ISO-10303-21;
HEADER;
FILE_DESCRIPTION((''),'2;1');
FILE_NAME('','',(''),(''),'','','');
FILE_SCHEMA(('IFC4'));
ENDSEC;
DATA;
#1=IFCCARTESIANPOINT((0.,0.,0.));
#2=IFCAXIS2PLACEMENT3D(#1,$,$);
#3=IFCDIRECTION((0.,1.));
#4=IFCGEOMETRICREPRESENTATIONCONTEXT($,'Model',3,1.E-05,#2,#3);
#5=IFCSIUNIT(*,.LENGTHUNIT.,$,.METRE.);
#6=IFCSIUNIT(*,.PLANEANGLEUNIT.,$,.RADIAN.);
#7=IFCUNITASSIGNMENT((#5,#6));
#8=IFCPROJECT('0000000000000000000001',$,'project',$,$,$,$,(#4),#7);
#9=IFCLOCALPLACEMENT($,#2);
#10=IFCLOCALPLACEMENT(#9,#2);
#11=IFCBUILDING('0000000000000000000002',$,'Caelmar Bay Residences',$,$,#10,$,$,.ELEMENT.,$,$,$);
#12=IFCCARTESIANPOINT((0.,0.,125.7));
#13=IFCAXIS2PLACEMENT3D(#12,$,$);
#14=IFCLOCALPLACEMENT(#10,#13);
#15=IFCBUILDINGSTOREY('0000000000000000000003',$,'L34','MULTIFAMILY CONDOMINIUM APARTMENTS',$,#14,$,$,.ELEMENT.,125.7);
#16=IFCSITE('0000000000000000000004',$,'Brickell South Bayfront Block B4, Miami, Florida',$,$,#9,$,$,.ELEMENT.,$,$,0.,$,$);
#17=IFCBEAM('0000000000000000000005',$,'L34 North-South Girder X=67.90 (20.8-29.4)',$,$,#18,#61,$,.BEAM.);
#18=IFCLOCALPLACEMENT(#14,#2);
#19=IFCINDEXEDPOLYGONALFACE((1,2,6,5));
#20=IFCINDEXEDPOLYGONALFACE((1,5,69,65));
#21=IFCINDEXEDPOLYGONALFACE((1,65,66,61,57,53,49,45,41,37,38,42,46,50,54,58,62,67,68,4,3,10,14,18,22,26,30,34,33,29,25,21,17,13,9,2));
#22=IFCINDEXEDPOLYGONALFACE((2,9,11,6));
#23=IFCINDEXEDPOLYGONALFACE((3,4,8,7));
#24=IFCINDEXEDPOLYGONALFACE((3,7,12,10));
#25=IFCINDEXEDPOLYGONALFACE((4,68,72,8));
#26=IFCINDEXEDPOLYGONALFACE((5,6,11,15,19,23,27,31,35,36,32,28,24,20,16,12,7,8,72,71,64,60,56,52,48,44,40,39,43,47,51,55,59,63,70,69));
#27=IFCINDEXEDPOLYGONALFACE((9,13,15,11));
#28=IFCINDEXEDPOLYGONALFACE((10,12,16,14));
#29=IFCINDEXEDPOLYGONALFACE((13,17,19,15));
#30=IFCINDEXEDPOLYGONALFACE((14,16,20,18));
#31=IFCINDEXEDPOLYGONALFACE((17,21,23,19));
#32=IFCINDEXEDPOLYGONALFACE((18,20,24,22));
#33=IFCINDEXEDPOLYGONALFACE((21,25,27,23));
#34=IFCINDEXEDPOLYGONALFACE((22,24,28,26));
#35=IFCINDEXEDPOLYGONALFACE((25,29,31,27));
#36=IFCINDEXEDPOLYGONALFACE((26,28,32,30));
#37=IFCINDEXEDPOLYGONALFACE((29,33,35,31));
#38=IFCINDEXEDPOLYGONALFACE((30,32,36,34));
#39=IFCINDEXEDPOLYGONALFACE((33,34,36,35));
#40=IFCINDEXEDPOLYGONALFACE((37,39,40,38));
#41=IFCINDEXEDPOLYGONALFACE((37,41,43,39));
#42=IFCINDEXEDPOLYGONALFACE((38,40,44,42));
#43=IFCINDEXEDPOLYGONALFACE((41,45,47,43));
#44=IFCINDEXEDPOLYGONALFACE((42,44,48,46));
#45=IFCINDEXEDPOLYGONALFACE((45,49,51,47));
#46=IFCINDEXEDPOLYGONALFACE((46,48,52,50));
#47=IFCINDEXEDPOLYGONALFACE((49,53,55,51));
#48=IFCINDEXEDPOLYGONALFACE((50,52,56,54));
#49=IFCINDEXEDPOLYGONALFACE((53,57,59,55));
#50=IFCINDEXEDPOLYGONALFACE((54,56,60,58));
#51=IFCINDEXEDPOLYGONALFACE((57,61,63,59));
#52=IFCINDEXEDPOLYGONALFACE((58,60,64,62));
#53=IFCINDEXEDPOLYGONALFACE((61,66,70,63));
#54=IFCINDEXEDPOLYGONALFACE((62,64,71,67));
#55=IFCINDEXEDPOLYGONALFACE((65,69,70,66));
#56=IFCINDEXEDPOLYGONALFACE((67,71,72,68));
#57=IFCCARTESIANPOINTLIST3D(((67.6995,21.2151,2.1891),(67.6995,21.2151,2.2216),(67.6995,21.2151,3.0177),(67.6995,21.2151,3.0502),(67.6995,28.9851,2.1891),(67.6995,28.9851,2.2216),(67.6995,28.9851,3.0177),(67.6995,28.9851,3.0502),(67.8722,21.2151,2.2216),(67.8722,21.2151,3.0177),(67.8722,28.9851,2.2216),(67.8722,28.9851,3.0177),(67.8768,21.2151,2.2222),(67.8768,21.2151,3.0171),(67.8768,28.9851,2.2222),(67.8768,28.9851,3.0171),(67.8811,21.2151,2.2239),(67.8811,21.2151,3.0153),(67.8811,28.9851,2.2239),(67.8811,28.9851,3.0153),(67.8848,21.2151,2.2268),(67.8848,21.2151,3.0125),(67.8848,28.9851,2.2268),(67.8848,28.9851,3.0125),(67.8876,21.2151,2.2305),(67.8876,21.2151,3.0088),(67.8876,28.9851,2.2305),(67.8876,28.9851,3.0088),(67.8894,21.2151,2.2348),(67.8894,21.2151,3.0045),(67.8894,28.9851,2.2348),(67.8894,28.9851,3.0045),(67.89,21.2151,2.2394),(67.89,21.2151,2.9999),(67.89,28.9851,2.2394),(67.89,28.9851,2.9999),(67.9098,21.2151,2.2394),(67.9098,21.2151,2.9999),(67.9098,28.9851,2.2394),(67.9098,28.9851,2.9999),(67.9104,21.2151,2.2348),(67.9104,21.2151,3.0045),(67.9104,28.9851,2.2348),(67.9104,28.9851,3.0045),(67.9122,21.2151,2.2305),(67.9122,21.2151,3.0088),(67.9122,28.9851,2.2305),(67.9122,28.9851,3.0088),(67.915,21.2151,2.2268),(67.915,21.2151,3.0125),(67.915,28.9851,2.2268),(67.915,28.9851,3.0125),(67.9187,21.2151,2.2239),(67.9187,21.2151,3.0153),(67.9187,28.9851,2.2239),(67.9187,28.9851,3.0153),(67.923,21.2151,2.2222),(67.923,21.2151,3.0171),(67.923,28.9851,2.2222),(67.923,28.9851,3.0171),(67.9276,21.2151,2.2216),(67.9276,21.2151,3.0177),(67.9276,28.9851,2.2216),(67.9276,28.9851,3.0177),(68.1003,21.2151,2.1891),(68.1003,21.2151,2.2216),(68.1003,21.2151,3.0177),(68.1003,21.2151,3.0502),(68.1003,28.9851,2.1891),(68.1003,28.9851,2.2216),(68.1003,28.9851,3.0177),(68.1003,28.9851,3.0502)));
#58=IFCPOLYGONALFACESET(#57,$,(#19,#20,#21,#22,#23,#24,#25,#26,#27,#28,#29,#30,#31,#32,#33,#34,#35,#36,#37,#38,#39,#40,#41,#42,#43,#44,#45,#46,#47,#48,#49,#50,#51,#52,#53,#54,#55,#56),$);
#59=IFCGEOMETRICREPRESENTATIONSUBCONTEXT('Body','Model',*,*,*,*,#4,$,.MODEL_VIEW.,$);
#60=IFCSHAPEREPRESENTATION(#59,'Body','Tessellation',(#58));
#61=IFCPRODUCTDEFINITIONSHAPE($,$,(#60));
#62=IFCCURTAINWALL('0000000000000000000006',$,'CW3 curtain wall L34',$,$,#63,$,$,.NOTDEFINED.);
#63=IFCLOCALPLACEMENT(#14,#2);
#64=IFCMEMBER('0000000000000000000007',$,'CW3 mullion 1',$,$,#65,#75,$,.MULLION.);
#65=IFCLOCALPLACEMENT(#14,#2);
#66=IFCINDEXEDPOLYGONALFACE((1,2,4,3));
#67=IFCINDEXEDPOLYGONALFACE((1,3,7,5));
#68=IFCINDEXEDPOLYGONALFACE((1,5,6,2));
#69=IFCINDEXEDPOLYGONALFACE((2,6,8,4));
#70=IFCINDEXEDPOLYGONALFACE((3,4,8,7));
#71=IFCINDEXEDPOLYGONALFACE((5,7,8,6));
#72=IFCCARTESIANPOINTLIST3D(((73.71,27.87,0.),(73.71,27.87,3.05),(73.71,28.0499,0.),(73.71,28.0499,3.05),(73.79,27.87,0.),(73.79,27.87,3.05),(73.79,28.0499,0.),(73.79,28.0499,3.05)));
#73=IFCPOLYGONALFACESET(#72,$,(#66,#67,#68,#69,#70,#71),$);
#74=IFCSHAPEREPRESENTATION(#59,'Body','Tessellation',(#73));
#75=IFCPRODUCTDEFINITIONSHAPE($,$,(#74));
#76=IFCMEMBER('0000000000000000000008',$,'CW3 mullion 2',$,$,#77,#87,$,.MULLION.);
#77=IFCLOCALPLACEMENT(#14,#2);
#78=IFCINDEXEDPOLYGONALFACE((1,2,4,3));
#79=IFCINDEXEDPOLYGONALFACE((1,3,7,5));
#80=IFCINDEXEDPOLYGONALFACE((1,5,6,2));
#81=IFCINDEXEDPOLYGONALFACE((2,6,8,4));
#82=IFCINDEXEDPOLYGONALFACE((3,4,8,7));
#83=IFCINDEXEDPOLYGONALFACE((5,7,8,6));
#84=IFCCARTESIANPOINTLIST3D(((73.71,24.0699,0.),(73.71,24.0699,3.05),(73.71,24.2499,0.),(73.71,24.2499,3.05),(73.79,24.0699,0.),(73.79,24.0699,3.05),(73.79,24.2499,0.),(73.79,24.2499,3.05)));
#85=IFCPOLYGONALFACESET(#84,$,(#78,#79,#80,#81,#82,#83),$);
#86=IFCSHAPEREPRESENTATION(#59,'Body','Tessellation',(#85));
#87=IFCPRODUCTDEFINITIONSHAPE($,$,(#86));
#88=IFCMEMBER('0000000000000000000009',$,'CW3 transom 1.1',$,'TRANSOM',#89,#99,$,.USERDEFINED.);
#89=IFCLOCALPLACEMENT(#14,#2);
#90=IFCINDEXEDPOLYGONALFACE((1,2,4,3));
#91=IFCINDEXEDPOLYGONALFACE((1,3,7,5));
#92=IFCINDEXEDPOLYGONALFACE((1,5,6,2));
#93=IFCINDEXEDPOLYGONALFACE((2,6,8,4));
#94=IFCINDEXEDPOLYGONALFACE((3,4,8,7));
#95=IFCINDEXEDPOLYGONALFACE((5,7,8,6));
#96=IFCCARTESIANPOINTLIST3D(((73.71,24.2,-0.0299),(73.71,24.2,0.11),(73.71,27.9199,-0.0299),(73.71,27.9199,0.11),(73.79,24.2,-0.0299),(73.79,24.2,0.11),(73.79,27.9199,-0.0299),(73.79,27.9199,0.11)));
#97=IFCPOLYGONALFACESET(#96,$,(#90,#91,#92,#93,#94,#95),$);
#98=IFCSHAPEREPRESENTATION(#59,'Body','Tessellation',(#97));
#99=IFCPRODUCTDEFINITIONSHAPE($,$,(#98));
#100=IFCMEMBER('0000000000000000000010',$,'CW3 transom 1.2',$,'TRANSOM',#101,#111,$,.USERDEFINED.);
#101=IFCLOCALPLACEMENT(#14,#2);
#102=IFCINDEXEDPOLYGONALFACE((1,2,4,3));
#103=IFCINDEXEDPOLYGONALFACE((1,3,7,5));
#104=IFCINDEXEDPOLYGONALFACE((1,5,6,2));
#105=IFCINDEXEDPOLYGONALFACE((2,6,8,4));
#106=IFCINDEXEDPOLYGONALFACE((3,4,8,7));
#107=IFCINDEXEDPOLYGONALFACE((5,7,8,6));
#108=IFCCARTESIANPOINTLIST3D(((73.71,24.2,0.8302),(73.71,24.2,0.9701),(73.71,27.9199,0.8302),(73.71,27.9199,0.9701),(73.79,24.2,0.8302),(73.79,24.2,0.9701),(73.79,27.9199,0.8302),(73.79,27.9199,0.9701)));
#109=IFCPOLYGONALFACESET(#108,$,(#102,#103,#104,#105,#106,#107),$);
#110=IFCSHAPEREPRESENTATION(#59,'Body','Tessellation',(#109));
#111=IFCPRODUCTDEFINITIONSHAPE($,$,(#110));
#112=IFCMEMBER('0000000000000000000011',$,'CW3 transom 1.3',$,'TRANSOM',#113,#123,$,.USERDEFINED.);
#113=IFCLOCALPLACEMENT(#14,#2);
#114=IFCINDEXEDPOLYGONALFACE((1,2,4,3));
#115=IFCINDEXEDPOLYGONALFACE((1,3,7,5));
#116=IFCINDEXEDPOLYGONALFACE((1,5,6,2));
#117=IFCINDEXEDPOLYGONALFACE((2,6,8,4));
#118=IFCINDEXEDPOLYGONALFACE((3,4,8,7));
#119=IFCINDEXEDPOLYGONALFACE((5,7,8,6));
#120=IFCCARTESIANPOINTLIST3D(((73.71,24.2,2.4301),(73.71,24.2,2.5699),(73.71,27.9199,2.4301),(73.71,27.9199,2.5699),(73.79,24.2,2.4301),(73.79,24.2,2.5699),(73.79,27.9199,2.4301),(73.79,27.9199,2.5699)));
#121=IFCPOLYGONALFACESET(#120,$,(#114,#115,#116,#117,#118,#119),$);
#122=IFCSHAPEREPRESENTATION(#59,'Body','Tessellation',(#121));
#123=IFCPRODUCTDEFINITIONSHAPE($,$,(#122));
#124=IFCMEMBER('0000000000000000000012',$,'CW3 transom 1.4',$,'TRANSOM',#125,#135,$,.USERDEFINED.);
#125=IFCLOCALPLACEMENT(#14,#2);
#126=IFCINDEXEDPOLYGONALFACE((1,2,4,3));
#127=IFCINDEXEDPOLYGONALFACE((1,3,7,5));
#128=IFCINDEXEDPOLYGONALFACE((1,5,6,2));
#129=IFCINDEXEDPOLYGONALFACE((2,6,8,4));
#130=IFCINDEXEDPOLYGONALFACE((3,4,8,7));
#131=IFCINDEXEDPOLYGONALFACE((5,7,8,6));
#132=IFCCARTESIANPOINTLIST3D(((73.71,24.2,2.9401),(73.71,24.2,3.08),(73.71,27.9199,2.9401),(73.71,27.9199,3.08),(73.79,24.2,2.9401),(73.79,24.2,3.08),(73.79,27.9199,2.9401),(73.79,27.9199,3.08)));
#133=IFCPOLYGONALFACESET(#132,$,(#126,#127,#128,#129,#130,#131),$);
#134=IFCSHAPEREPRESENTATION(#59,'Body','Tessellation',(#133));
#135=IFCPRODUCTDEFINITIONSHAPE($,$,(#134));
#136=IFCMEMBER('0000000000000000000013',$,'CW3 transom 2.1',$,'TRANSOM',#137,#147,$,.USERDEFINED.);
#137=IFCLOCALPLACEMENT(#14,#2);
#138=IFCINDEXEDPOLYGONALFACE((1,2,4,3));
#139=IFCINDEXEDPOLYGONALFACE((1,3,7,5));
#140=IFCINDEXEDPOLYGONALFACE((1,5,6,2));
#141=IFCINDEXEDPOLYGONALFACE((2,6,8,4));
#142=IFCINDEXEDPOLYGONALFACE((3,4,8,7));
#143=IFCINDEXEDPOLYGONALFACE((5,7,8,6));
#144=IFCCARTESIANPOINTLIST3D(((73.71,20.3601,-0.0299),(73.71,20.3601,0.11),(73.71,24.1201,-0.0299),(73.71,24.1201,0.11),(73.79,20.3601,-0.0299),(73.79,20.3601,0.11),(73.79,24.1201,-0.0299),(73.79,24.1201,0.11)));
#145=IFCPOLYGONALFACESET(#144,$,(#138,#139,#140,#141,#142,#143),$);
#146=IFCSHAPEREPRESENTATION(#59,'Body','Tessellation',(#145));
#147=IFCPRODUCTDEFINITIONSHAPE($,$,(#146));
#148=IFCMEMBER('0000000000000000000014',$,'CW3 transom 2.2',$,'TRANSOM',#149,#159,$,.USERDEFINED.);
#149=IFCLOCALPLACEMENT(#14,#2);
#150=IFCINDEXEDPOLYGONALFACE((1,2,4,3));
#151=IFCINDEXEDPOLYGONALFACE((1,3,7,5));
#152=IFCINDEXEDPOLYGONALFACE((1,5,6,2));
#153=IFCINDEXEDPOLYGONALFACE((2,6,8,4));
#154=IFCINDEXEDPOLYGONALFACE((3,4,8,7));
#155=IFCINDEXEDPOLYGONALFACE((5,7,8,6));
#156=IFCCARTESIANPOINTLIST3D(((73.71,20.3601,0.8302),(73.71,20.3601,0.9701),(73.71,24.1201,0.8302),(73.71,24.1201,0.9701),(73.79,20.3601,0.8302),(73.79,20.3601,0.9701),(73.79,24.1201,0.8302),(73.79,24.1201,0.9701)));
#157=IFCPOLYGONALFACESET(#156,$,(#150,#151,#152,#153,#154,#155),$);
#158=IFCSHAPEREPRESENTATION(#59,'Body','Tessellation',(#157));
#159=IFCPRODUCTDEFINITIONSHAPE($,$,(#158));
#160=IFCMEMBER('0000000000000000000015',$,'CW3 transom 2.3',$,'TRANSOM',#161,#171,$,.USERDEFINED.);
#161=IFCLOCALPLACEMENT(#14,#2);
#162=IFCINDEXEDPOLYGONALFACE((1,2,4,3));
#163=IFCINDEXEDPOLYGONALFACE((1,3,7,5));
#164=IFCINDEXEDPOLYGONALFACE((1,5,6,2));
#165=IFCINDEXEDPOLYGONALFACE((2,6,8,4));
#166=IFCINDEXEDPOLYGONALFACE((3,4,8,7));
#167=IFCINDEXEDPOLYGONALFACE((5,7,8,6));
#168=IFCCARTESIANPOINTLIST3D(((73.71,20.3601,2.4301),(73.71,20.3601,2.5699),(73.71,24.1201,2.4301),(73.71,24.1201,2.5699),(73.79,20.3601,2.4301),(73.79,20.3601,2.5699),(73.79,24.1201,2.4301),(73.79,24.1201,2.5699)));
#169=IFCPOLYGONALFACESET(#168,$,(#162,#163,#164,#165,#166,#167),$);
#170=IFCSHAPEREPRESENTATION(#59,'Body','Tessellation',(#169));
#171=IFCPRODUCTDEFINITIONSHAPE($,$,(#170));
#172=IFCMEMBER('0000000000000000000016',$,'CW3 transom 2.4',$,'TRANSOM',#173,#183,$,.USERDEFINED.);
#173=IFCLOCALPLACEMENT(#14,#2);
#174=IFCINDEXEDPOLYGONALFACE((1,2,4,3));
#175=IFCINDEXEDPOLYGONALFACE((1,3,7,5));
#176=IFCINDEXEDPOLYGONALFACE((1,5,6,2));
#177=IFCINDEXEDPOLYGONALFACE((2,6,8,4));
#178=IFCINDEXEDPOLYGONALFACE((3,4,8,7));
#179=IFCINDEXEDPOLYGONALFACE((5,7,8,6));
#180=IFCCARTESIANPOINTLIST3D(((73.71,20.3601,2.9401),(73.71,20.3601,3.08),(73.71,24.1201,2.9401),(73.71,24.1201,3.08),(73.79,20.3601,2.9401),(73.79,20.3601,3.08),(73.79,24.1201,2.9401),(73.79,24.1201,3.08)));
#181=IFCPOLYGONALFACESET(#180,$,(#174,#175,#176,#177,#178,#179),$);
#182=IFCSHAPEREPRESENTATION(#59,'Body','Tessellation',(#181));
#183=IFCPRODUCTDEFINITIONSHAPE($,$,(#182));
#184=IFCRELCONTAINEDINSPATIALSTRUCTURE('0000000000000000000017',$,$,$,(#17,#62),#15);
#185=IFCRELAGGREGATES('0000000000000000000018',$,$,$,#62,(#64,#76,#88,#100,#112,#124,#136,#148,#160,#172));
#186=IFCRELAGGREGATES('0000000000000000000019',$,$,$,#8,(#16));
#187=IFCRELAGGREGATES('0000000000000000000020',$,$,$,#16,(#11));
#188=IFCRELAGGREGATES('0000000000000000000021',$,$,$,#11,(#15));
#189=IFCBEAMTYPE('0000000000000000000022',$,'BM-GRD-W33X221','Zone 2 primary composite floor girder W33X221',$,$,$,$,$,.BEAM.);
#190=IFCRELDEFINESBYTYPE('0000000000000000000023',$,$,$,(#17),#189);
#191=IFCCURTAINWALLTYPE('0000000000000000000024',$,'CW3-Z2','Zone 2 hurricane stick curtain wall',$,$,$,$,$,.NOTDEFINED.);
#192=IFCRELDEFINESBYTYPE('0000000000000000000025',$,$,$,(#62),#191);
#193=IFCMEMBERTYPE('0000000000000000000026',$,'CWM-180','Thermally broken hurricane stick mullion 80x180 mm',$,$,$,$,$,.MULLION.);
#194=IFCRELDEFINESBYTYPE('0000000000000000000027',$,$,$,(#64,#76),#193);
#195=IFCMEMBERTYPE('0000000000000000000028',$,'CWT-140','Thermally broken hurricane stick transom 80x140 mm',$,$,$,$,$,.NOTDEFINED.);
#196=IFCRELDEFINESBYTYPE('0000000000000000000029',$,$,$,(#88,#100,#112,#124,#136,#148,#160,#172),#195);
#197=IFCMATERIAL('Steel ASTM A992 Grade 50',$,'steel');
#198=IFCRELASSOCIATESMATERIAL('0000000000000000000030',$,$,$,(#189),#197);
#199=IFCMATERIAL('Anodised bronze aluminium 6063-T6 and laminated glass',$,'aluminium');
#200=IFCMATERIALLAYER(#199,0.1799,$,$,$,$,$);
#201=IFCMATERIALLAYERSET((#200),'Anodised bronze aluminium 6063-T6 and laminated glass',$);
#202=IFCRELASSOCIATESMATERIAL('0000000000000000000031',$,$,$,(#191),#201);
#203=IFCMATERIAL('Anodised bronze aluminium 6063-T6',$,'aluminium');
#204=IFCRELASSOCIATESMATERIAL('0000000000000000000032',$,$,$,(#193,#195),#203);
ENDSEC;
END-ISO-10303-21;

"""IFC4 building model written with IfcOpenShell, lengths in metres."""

from ifc_helpers import new_model, si_unit, direction, frame, origin, origin_2d, place, context, subcontext, project, spatial, rectangle, i_section, extrude, material, layer, layer_set, material_profile, profile_set, type_object, element, aggregate, save


model = new_model("IFC4")

# Units and contexts
model_context = context("Model", 3, precision=1e-05, world=origin(), true_north=direction((0.0, 1.0)))
body_context = subcontext(model_context, "Body", "Model", "MODEL_VIEW")
ifc_project = project(units=[si_unit("LENGTHUNIT", "METRE"), si_unit("PLANEANGLEUNIT", "RADIAN")], contexts=[model_context])

# Site, building, storey
site_placement = place(None, origin())
site = spatial("IfcSite", under=ifc_project, at=site_placement, Name="Brickell South Bayfront Block B4, Miami, Florida", CompositionType="ELEMENT", RefElevation=0.0)
building_placement = place(site_placement, origin())
building = spatial("IfcBuilding", under=site, at=building_placement, Name="Caelmar Bay Residences", CompositionType="ELEMENT")
storey_placement = place(building_placement, frame((0.0, 0.0, 125.7)))
storey = spatial("IfcBuildingStorey", under=building, at=storey_placement, Name="L34", Description="MULTIFAMILY CONDOMINIUM APARTMENTS", CompositionType="ELEMENT", Elevation=125.7)

# Beam
ifc_material_1 = material(Name="Steel ASTM A992 Grade 50", Category="steel")
ifc_material_profile_1 = material_profile(ifc_material_1, i_section(OverallWidth=0.4009, OverallDepth=0.8611, WebThickness=0.0198, FlangeThickness=0.0325, FilletRadius=0.0178, at=origin_2d()), Name="W33X221")
ifc_profile_set_1 = profile_set([ifc_material_profile_1], Name="Steel ASTM A992 Grade 50")
beam_type = type_object("IfcBeamType", Name="BM-GRD-W33X221", Description="Zone 2 primary composite floor girder W33X221", PredefinedType="BEAM", material=ifc_profile_set_1)
beam_placement = place(storey_placement, frame((67.8999, 21.2151, 2.6196), z_axis=(0.0, 1.0, 0.0), x_axis=(-1.0, 0.0, 0.0)))
element("IfcBeam", 1, at=beam_placement, inside=storey, type_object=beam_type, Name="L34 North-South Girder X=67.90 (20.8-29.4)", PredefinedType="BEAM", context=body_context, shape_type="SweptSolid", body=[
    extrude(i_section(OverallWidth=0.4009, OverallDepth=0.8611, WebThickness=0.0198, FlangeThickness=0.0325, FilletRadius=0.0178, at=origin_2d()), origin(), (0.0, 0.0, 1.0), 7.77),
])

# Curtain wall, members
ifc_material_2 = material(Name="Anodised bronze aluminium 6063-T6 and laminated glass", Category="aluminium")
ifc_layer_1 = layer(ifc_material_2, 0.1799)
ifc_layer_set_1 = layer_set([ifc_layer_1], Name="Anodised bronze aluminium 6063-T6 and laminated glass")
curtain_wall_type = type_object("IfcCurtainWallType", Name="CW3-Z2", Description="Zone 2 hurricane stick curtain wall", PredefinedType="NOTDEFINED", material=ifc_layer_set_1)
curtain_wall_placement = place(storey_placement, origin())
curtain_wall = element("IfcCurtainWall", 2, at=curtain_wall_placement, inside=storey, type_object=curtain_wall_type, Name="CW3 curtain wall L34", PredefinedType="NOTDEFINED")
ifc_material_3 = material(Name="Anodised bronze aluminium 6063-T6", Category="aluminium")
ifc_material_profile_2 = material_profile(ifc_material_3, rectangle(XDim=0.0801, YDim=0.1799, at=origin_2d()), Name="CWM-80X180")
ifc_profile_set_2 = profile_set([ifc_material_profile_2], Name="Anodised bronze aluminium 6063-T6")
member_type_1 = type_object("IfcMemberType", Name="CWM-180", Description="Thermally broken hurricane stick mullion 80x180 mm", PredefinedType="MULLION", material=ifc_profile_set_2)
member_1_placement = place(storey_placement, frame((73.75, 27.96, 0.0), z_axis=(0.0, 0.0, 1.0), x_axis=(1.0, 0.0, 0.0)))
member_1 = element("IfcMember", 3, at=member_1_placement, type_object=member_type_1, Name="CW3 mullion 1", PredefinedType="MULLION", context=body_context, shape_type="SweptSolid", body=[
    extrude(rectangle(XDim=0.0801, YDim=0.1799, at=origin_2d()), origin(), (0.0, 0.0, 1.0), 3.05),
])
member_2_placement = place(storey_placement, frame((73.75, 24.1599, 0.0), z_axis=(0.0, 0.0, 1.0), x_axis=(1.0, 0.0, 0.0)))
member_2 = element("IfcMember", 4, at=member_2_placement, type_object=member_type_1, Name="CW3 mullion 2", PredefinedType="MULLION", context=body_context, shape_type="SweptSolid", body=[
    extrude(rectangle(XDim=0.0801, YDim=0.1799, at=origin_2d()), origin(), (0.0, 0.0, 1.0), 3.05),
])
ifc_material_profile_3 = material_profile(ifc_material_3, rectangle(XDim=0.0801, YDim=0.1399, at=origin_2d()), Name="CWT-80X140")
ifc_profile_set_3 = profile_set([ifc_material_profile_3], Name="Anodised bronze aluminium 6063-T6")
member_type_2 = type_object("IfcMemberType", Name="CWT-140", Description="Thermally broken hurricane stick transom 80x140 mm", PredefinedType="NOTDEFINED", material=ifc_profile_set_3)
member_3_placement = place(storey_placement, frame((73.75, 27.9199, 0.04), z_axis=(0.0, -1.0, 0.0), x_axis=(1.0, 0.0, 0.0)))
member_3 = element("IfcMember", 5, at=member_3_placement, type_object=member_type_2, Name="CW3 transom 1.1", ObjectType="TRANSOM", PredefinedType="USERDEFINED", context=body_context, shape_type="SweptSolid", body=[
    extrude(rectangle(XDim=0.0801, YDim=0.1399, at=origin_2d()), origin(), (0.0, 0.0, 1.0), 3.72),
])
member_4_placement = place(storey_placement, frame((73.75, 27.9199, 0.9001), z_axis=(0.0, -1.0, 0.0), x_axis=(1.0, 0.0, 0.0)))
member_4 = element("IfcMember", 6, at=member_4_placement, type_object=member_type_2, Name="CW3 transom 1.2", ObjectType="TRANSOM", PredefinedType="USERDEFINED", context=body_context, shape_type="SweptSolid", body=[
    extrude(rectangle(XDim=0.0801, YDim=0.1399, at=origin_2d()), origin(), (0.0, 0.0, 1.0), 3.72),
])
member_5_placement = place(storey_placement, frame((73.75, 27.9199, 2.5), z_axis=(0.0, -1.0, 0.0), x_axis=(1.0, 0.0, 0.0)))
member_5 = element("IfcMember", 7, at=member_5_placement, type_object=member_type_2, Name="CW3 transom 1.3", ObjectType="TRANSOM", PredefinedType="USERDEFINED", context=body_context, shape_type="SweptSolid", body=[
    extrude(rectangle(XDim=0.0801, YDim=0.1399, at=origin_2d()), origin(), (0.0, 0.0, 1.0), 3.72),
])
member_6_placement = place(storey_placement, frame((73.75, 27.9199, 3.01), z_axis=(0.0, -1.0, 0.0), x_axis=(1.0, 0.0, 0.0)))
member_6 = element("IfcMember", 8, at=member_6_placement, type_object=member_type_2, Name="CW3 transom 1.4", ObjectType="TRANSOM", PredefinedType="USERDEFINED", context=body_context, shape_type="SweptSolid", body=[
    extrude(rectangle(XDim=0.0801, YDim=0.1399, at=origin_2d()), origin(), (0.0, 0.0, 1.0), 3.72),
])
member_7_placement = place(storey_placement, frame((73.75, 24.1201, 0.04), z_axis=(0.0, -1.0, 0.0), x_axis=(1.0, 0.0, 0.0)))
member_7 = element("IfcMember", 9, at=member_7_placement, type_object=member_type_2, Name="CW3 transom 2.1", ObjectType="TRANSOM", PredefinedType="USERDEFINED", context=body_context, shape_type="SweptSolid", body=[
    extrude(rectangle(XDim=0.0801, YDim=0.1399, at=origin_2d()), origin(), (0.0, 0.0, 1.0), 3.76),
])
member_8_placement = place(storey_placement, frame((73.75, 24.1201, 0.9001), z_axis=(0.0, -1.0, 0.0), x_axis=(1.0, 0.0, 0.0)))
member_8 = element("IfcMember", 10, at=member_8_placement, type_object=member_type_2, Name="CW3 transom 2.2", ObjectType="TRANSOM", PredefinedType="USERDEFINED", context=body_context, shape_type="SweptSolid", body=[
    extrude(rectangle(XDim=0.0801, YDim=0.1399, at=origin_2d()), origin(), (0.0, 0.0, 1.0), 3.76),
])
member_9_placement = place(storey_placement, frame((73.75, 24.1201, 2.5), z_axis=(0.0, -1.0, 0.0), x_axis=(1.0, 0.0, 0.0)))
member_9 = element("IfcMember", 11, at=member_9_placement, type_object=member_type_2, Name="CW3 transom 2.3", ObjectType="TRANSOM", PredefinedType="USERDEFINED", context=body_context, shape_type="SweptSolid", body=[
    extrude(rectangle(XDim=0.0801, YDim=0.1399, at=origin_2d()), origin(), (0.0, 0.0, 1.0), 3.76),
])
member_10_placement = place(storey_placement, frame((73.75, 24.1201, 3.01), z_axis=(0.0, -1.0, 0.0), x_axis=(1.0, 0.0, 0.0)))
member_10 = element("IfcMember", 12, at=member_10_placement, type_object=member_type_2, Name="CW3 transom 2.4", ObjectType="TRANSOM", PredefinedType="USERDEFINED", context=body_context, shape_type="SweptSolid", body=[
    extrude(rectangle(XDim=0.0801, YDim=0.1399, at=origin_2d()), origin(), (0.0, 0.0, 1.0), 3.76),
])
aggregate(curtain_wall, [member_1, member_2, member_3, member_4, member_5, member_6, member_7, member_8, member_9, member_10])

save(model, "model.ifc")
